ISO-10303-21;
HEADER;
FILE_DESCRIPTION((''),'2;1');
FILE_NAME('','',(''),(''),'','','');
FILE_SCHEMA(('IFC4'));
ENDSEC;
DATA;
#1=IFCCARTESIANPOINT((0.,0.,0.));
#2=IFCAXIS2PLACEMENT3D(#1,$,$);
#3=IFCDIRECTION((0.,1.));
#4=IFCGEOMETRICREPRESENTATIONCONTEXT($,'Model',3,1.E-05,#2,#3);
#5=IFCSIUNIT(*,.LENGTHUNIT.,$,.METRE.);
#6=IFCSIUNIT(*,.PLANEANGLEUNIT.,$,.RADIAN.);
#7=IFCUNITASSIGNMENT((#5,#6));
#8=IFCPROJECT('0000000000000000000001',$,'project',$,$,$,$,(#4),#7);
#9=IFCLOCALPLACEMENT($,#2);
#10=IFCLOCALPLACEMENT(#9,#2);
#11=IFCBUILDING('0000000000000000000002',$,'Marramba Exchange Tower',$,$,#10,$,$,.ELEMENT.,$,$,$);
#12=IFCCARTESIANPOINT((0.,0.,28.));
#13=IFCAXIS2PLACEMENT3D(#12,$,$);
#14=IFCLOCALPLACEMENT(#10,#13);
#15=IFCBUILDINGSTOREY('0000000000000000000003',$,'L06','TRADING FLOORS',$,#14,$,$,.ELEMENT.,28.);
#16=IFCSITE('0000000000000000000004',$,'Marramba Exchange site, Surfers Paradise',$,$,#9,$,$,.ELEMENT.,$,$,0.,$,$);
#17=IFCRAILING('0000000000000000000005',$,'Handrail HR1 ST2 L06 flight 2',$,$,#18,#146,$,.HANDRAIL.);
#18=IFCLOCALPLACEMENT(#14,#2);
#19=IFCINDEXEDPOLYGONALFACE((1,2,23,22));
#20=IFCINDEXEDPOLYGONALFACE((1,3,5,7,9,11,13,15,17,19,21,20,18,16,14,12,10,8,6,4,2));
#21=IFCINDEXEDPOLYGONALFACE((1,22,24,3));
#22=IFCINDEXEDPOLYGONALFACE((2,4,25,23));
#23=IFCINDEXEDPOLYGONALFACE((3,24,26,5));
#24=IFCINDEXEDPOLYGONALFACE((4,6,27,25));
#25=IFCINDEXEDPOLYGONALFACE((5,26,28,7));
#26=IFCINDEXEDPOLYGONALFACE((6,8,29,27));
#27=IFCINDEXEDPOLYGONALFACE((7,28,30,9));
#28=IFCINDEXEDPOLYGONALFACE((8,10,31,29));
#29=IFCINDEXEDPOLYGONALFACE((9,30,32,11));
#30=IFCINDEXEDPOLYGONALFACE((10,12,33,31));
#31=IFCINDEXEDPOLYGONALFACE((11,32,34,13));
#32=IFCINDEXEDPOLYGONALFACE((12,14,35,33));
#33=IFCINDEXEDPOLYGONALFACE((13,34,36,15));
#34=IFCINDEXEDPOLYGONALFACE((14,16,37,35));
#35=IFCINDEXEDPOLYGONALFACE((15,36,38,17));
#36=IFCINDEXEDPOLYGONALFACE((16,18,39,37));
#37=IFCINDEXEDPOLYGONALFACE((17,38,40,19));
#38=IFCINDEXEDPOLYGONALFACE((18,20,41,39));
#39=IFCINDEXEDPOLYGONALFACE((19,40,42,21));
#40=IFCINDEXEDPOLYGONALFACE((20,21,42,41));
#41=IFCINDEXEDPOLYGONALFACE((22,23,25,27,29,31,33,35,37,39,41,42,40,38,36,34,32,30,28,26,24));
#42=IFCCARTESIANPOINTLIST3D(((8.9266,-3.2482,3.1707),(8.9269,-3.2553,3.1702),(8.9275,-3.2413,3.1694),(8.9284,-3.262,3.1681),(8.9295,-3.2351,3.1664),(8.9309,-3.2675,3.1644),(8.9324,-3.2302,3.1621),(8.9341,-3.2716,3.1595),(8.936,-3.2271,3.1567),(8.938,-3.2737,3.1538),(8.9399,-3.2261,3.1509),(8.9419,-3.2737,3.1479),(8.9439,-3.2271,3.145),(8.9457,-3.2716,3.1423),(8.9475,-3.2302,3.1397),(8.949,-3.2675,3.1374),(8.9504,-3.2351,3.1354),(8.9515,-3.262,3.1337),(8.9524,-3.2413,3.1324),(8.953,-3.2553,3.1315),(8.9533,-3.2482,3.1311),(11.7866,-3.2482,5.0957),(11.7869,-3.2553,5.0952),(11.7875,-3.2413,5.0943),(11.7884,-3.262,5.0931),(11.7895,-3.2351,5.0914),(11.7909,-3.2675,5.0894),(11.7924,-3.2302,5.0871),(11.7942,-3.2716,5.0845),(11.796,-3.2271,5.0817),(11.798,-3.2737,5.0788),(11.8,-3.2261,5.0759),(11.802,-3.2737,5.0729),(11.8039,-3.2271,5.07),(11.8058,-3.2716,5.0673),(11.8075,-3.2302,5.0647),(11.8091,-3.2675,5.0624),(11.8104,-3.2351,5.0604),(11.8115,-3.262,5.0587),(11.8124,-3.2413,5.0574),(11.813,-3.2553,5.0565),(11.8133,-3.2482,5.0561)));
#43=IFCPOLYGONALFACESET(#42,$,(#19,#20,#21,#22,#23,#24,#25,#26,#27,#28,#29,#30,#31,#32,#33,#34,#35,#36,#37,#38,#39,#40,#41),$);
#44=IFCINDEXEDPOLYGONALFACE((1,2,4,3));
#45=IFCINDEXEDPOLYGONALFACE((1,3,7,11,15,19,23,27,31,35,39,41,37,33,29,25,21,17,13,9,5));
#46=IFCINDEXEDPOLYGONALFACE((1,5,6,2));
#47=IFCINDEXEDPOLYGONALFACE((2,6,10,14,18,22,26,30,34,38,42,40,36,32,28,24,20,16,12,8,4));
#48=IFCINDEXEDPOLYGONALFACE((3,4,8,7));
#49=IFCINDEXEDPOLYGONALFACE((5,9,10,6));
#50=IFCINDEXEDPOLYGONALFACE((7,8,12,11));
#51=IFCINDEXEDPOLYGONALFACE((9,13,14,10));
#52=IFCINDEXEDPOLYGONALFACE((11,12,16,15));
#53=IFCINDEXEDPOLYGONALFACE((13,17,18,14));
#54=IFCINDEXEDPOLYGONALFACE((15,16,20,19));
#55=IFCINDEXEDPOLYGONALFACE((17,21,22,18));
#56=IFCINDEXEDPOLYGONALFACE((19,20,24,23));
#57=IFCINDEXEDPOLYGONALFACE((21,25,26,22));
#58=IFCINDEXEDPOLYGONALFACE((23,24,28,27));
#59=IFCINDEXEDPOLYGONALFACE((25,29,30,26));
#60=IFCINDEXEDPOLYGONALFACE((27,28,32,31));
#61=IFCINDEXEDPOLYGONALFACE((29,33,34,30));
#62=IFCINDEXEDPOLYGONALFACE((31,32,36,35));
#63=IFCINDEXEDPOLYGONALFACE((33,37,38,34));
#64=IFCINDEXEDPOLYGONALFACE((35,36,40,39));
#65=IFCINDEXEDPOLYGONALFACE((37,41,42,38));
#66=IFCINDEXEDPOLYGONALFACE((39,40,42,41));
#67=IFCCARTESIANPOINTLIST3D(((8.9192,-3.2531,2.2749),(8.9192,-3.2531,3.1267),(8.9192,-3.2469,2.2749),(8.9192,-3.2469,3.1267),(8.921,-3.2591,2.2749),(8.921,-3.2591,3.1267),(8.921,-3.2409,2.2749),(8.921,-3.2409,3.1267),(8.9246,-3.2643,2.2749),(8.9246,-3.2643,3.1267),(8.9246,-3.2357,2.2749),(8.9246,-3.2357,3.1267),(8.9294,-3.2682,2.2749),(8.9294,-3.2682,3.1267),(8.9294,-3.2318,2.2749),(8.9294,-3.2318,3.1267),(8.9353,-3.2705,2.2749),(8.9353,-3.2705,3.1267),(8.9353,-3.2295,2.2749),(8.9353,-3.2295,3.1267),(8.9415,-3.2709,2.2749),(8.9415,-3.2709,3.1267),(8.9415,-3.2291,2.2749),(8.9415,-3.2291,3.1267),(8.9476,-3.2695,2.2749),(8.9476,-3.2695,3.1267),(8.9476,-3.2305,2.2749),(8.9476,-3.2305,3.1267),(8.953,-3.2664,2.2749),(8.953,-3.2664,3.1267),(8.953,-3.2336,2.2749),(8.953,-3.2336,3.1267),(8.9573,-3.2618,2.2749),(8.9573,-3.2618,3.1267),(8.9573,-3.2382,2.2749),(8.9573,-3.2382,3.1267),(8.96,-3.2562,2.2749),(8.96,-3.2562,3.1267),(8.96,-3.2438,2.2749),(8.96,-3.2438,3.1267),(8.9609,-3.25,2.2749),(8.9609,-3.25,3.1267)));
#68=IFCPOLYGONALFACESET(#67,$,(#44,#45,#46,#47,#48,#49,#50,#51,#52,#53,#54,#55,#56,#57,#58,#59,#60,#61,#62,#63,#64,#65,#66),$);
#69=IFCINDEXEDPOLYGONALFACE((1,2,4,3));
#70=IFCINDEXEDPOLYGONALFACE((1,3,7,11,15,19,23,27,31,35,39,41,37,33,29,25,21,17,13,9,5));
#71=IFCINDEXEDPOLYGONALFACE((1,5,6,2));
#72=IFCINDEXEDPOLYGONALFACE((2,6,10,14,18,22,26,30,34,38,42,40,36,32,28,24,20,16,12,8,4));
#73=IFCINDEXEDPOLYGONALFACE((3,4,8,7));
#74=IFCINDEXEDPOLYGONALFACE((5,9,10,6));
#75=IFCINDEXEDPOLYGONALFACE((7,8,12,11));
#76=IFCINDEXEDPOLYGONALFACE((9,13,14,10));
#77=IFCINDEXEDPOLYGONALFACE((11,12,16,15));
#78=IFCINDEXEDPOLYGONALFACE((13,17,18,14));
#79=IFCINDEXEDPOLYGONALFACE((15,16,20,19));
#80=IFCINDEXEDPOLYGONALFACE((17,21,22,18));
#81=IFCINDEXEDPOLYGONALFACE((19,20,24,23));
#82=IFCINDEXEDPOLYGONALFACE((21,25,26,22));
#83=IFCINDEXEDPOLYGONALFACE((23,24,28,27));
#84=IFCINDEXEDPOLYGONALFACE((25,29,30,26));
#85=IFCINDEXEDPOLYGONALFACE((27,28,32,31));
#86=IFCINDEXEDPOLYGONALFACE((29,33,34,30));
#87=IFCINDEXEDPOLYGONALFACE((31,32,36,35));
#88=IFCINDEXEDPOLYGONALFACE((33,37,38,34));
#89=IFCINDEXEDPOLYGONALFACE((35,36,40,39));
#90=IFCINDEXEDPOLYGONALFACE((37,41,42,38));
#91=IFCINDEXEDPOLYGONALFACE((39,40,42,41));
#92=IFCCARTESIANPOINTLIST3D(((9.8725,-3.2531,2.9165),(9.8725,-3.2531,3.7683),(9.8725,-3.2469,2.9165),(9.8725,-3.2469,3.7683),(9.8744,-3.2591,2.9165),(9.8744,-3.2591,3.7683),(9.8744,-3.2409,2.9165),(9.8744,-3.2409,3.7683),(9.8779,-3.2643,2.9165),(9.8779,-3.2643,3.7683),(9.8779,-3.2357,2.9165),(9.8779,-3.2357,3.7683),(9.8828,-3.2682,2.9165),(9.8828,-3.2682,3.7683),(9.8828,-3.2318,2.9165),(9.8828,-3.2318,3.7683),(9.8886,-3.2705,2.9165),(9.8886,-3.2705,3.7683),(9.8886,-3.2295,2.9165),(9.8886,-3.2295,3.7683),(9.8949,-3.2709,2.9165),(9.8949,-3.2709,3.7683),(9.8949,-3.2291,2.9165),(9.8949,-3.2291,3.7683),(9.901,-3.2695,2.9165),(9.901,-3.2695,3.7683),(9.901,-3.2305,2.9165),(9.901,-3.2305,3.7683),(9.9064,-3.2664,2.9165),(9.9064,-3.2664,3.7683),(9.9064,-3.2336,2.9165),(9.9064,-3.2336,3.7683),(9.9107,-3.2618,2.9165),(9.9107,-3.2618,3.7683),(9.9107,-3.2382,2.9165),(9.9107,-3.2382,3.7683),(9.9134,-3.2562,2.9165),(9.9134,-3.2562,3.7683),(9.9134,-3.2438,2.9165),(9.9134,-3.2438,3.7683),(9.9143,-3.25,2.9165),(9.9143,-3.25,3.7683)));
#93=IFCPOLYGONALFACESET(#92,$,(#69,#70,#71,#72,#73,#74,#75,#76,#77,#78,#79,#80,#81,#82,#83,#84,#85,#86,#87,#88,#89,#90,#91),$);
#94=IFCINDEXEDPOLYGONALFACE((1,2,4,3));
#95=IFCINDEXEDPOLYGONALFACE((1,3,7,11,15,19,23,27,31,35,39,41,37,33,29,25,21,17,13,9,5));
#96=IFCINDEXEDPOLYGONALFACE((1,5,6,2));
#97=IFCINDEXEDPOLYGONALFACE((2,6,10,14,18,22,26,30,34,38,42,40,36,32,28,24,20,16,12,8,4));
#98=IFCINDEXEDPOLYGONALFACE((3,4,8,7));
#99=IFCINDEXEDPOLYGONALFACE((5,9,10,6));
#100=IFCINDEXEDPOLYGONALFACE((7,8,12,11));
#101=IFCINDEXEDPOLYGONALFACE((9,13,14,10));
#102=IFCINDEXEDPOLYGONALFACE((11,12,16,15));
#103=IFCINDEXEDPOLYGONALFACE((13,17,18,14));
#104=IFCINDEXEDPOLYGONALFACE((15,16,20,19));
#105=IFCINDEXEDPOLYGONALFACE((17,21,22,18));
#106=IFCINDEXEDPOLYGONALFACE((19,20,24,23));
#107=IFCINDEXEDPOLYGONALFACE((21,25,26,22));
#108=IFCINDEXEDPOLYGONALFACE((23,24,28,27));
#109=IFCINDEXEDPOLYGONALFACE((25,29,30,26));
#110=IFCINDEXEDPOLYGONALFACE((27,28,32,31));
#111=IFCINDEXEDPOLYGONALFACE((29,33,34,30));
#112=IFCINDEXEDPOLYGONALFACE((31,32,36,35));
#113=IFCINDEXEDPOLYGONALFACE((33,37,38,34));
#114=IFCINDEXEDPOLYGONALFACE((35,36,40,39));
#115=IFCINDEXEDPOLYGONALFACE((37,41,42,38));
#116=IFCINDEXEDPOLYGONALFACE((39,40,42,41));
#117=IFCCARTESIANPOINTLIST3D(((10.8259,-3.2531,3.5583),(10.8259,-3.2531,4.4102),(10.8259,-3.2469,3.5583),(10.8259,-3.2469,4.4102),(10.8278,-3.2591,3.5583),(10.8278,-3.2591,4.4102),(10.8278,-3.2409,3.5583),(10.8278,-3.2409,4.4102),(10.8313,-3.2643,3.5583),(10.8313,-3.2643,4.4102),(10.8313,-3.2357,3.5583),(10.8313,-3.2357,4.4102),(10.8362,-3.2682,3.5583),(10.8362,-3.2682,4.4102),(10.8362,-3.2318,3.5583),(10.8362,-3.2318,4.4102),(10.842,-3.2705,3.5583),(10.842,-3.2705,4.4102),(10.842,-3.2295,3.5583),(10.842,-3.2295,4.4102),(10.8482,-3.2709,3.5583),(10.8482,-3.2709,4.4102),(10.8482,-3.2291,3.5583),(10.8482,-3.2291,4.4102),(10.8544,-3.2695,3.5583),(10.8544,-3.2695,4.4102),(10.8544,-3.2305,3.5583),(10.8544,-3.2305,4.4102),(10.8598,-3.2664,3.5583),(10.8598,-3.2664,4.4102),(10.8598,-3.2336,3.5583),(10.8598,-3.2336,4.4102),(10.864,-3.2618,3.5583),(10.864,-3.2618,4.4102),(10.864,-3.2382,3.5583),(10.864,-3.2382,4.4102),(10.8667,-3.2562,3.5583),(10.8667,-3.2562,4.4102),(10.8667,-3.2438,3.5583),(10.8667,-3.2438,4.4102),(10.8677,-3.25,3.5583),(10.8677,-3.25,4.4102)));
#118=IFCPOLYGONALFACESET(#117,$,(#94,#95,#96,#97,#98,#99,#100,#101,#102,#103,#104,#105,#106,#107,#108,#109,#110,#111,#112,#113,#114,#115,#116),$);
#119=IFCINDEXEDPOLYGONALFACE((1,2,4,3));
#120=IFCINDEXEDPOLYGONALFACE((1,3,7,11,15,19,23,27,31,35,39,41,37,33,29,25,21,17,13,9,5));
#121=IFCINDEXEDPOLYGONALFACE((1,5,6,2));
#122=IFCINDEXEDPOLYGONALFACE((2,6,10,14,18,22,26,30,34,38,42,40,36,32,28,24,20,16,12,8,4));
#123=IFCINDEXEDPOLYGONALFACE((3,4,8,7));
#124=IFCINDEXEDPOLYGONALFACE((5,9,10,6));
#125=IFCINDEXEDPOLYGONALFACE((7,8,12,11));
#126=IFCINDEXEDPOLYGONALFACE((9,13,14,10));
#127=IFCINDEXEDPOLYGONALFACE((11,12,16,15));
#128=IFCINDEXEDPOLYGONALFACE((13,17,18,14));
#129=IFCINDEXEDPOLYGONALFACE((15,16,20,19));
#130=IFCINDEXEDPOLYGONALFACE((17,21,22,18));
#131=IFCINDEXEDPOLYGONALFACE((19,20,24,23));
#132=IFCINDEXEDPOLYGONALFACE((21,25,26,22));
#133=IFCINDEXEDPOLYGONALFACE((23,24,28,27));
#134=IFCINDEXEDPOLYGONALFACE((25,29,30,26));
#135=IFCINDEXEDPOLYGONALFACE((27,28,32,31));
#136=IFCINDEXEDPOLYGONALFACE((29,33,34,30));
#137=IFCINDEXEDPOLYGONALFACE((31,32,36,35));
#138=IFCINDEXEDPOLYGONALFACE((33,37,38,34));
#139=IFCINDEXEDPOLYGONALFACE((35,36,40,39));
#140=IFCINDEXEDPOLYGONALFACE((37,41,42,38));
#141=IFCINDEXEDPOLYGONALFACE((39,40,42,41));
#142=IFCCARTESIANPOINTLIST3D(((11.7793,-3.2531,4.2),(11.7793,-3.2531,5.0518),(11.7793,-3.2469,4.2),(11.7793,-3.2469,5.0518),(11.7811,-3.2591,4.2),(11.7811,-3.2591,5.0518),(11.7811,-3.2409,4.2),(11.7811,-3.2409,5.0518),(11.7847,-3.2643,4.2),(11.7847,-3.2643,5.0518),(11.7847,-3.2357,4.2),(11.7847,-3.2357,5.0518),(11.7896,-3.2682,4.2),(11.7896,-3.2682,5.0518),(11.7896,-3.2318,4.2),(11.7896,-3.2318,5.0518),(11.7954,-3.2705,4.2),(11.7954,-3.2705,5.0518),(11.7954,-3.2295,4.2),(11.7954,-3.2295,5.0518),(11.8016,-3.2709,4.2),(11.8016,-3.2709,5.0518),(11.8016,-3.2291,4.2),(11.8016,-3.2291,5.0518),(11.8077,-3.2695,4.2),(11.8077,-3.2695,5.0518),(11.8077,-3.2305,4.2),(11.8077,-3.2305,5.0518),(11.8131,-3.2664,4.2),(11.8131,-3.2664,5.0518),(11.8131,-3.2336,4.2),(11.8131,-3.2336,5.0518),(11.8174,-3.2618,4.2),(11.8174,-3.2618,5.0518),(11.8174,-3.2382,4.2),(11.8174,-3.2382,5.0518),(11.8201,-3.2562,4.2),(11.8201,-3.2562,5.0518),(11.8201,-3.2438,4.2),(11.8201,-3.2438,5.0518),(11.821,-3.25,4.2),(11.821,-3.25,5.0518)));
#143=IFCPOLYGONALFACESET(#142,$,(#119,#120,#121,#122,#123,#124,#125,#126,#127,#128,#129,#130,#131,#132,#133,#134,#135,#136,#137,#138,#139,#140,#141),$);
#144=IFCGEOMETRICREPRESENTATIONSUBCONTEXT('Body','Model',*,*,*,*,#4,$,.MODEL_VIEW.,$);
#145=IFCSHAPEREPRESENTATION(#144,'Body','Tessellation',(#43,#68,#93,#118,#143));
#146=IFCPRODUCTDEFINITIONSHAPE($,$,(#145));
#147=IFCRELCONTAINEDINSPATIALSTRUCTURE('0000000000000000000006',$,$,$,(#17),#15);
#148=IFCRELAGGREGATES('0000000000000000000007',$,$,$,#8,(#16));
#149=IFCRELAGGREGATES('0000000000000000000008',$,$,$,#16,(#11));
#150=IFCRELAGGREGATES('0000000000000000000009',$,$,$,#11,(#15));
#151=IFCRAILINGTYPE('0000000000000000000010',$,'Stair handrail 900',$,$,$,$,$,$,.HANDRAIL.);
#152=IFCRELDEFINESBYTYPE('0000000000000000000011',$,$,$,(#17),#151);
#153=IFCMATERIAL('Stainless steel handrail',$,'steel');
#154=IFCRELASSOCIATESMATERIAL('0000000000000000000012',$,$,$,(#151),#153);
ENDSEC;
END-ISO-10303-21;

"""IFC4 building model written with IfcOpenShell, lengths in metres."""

from ifc_helpers import new_model, si_unit, direction, frame, origin, origin_2d, place, context, subcontext, project, spatial, circle, extrude, material, type_object, element, save


model = new_model("IFC4")

# Units and contexts
model_context = context("Model", 3, precision=1e-05, world=origin(), true_north=direction((0.0, 1.0)))
body_context = subcontext(model_context, "Body", "Model", "MODEL_VIEW")
ifc_project = project(units=[si_unit("LENGTHUNIT", "METRE"), si_unit("PLANEANGLEUNIT", "RADIAN")], contexts=[model_context])

# Site, building, storey
site_placement = place(None, origin())
site = spatial("IfcSite", under=ifc_project, at=site_placement, Name="Marramba Exchange site, Surfers Paradise", CompositionType="ELEMENT", RefElevation=0.0)
building_placement = place(site_placement, origin())
building = spatial("IfcBuilding", under=site, at=building_placement, Name="Marramba Exchange Tower", CompositionType="ELEMENT")
storey_placement = place(building_placement, frame((0.0, 0.0, 28.0)))
storey = spatial("IfcBuildingStorey", under=building, at=storey_placement, Name="L06", Description="TRADING FLOORS", CompositionType="ELEMENT", Elevation=28.0)

# Railing
ifc_material_1 = material(Name="Stainless steel handrail", Category="steel")
railing_type = type_object("IfcRailingType", Name="Stair handrail 900", PredefinedType="HANDRAIL", material=ifc_material_1)
railing_placement = place(storey_placement, frame((8.9399, -3.25, 2.2749)))
element("IfcRailing", 1, at=railing_placement, inside=storey, type_object=railing_type, Name="Handrail HR1 ST2 L06 flight 2", PredefinedType="HANDRAIL", context=body_context, shape_type="SweptSolid", body=[
    extrude(circle(Radius=0.0239, at=origin_2d()), frame((0.0, 0.0, 0.876), z_axis=(0.829591, 0.0, 0.558372), x_axis=(0.0, 1.0, 0.0)), (0.0, 0.0, 1.0), 3.4475),
    extrude(circle(Radius=0.021, at=origin_2d()), origin(), (0.0, 0.0, 1.0), 0.8518),
    extrude(circle(Radius=0.021, at=origin_2d()), frame((0.9534, 0.0, 0.6416)), (0.0, 0.0, 1.0), 0.8518),
    extrude(circle(Radius=0.021, at=origin_2d()), frame((1.9067, 0.0, 1.2834)), (0.0, 0.0, 1.0), 0.8518),
    extrude(circle(Radius=0.021, at=origin_2d()), frame((2.8601, 0.0, 1.925)), (0.0, 0.0, 1.0), 0.8518),
])

save(model, "model.ifc")
